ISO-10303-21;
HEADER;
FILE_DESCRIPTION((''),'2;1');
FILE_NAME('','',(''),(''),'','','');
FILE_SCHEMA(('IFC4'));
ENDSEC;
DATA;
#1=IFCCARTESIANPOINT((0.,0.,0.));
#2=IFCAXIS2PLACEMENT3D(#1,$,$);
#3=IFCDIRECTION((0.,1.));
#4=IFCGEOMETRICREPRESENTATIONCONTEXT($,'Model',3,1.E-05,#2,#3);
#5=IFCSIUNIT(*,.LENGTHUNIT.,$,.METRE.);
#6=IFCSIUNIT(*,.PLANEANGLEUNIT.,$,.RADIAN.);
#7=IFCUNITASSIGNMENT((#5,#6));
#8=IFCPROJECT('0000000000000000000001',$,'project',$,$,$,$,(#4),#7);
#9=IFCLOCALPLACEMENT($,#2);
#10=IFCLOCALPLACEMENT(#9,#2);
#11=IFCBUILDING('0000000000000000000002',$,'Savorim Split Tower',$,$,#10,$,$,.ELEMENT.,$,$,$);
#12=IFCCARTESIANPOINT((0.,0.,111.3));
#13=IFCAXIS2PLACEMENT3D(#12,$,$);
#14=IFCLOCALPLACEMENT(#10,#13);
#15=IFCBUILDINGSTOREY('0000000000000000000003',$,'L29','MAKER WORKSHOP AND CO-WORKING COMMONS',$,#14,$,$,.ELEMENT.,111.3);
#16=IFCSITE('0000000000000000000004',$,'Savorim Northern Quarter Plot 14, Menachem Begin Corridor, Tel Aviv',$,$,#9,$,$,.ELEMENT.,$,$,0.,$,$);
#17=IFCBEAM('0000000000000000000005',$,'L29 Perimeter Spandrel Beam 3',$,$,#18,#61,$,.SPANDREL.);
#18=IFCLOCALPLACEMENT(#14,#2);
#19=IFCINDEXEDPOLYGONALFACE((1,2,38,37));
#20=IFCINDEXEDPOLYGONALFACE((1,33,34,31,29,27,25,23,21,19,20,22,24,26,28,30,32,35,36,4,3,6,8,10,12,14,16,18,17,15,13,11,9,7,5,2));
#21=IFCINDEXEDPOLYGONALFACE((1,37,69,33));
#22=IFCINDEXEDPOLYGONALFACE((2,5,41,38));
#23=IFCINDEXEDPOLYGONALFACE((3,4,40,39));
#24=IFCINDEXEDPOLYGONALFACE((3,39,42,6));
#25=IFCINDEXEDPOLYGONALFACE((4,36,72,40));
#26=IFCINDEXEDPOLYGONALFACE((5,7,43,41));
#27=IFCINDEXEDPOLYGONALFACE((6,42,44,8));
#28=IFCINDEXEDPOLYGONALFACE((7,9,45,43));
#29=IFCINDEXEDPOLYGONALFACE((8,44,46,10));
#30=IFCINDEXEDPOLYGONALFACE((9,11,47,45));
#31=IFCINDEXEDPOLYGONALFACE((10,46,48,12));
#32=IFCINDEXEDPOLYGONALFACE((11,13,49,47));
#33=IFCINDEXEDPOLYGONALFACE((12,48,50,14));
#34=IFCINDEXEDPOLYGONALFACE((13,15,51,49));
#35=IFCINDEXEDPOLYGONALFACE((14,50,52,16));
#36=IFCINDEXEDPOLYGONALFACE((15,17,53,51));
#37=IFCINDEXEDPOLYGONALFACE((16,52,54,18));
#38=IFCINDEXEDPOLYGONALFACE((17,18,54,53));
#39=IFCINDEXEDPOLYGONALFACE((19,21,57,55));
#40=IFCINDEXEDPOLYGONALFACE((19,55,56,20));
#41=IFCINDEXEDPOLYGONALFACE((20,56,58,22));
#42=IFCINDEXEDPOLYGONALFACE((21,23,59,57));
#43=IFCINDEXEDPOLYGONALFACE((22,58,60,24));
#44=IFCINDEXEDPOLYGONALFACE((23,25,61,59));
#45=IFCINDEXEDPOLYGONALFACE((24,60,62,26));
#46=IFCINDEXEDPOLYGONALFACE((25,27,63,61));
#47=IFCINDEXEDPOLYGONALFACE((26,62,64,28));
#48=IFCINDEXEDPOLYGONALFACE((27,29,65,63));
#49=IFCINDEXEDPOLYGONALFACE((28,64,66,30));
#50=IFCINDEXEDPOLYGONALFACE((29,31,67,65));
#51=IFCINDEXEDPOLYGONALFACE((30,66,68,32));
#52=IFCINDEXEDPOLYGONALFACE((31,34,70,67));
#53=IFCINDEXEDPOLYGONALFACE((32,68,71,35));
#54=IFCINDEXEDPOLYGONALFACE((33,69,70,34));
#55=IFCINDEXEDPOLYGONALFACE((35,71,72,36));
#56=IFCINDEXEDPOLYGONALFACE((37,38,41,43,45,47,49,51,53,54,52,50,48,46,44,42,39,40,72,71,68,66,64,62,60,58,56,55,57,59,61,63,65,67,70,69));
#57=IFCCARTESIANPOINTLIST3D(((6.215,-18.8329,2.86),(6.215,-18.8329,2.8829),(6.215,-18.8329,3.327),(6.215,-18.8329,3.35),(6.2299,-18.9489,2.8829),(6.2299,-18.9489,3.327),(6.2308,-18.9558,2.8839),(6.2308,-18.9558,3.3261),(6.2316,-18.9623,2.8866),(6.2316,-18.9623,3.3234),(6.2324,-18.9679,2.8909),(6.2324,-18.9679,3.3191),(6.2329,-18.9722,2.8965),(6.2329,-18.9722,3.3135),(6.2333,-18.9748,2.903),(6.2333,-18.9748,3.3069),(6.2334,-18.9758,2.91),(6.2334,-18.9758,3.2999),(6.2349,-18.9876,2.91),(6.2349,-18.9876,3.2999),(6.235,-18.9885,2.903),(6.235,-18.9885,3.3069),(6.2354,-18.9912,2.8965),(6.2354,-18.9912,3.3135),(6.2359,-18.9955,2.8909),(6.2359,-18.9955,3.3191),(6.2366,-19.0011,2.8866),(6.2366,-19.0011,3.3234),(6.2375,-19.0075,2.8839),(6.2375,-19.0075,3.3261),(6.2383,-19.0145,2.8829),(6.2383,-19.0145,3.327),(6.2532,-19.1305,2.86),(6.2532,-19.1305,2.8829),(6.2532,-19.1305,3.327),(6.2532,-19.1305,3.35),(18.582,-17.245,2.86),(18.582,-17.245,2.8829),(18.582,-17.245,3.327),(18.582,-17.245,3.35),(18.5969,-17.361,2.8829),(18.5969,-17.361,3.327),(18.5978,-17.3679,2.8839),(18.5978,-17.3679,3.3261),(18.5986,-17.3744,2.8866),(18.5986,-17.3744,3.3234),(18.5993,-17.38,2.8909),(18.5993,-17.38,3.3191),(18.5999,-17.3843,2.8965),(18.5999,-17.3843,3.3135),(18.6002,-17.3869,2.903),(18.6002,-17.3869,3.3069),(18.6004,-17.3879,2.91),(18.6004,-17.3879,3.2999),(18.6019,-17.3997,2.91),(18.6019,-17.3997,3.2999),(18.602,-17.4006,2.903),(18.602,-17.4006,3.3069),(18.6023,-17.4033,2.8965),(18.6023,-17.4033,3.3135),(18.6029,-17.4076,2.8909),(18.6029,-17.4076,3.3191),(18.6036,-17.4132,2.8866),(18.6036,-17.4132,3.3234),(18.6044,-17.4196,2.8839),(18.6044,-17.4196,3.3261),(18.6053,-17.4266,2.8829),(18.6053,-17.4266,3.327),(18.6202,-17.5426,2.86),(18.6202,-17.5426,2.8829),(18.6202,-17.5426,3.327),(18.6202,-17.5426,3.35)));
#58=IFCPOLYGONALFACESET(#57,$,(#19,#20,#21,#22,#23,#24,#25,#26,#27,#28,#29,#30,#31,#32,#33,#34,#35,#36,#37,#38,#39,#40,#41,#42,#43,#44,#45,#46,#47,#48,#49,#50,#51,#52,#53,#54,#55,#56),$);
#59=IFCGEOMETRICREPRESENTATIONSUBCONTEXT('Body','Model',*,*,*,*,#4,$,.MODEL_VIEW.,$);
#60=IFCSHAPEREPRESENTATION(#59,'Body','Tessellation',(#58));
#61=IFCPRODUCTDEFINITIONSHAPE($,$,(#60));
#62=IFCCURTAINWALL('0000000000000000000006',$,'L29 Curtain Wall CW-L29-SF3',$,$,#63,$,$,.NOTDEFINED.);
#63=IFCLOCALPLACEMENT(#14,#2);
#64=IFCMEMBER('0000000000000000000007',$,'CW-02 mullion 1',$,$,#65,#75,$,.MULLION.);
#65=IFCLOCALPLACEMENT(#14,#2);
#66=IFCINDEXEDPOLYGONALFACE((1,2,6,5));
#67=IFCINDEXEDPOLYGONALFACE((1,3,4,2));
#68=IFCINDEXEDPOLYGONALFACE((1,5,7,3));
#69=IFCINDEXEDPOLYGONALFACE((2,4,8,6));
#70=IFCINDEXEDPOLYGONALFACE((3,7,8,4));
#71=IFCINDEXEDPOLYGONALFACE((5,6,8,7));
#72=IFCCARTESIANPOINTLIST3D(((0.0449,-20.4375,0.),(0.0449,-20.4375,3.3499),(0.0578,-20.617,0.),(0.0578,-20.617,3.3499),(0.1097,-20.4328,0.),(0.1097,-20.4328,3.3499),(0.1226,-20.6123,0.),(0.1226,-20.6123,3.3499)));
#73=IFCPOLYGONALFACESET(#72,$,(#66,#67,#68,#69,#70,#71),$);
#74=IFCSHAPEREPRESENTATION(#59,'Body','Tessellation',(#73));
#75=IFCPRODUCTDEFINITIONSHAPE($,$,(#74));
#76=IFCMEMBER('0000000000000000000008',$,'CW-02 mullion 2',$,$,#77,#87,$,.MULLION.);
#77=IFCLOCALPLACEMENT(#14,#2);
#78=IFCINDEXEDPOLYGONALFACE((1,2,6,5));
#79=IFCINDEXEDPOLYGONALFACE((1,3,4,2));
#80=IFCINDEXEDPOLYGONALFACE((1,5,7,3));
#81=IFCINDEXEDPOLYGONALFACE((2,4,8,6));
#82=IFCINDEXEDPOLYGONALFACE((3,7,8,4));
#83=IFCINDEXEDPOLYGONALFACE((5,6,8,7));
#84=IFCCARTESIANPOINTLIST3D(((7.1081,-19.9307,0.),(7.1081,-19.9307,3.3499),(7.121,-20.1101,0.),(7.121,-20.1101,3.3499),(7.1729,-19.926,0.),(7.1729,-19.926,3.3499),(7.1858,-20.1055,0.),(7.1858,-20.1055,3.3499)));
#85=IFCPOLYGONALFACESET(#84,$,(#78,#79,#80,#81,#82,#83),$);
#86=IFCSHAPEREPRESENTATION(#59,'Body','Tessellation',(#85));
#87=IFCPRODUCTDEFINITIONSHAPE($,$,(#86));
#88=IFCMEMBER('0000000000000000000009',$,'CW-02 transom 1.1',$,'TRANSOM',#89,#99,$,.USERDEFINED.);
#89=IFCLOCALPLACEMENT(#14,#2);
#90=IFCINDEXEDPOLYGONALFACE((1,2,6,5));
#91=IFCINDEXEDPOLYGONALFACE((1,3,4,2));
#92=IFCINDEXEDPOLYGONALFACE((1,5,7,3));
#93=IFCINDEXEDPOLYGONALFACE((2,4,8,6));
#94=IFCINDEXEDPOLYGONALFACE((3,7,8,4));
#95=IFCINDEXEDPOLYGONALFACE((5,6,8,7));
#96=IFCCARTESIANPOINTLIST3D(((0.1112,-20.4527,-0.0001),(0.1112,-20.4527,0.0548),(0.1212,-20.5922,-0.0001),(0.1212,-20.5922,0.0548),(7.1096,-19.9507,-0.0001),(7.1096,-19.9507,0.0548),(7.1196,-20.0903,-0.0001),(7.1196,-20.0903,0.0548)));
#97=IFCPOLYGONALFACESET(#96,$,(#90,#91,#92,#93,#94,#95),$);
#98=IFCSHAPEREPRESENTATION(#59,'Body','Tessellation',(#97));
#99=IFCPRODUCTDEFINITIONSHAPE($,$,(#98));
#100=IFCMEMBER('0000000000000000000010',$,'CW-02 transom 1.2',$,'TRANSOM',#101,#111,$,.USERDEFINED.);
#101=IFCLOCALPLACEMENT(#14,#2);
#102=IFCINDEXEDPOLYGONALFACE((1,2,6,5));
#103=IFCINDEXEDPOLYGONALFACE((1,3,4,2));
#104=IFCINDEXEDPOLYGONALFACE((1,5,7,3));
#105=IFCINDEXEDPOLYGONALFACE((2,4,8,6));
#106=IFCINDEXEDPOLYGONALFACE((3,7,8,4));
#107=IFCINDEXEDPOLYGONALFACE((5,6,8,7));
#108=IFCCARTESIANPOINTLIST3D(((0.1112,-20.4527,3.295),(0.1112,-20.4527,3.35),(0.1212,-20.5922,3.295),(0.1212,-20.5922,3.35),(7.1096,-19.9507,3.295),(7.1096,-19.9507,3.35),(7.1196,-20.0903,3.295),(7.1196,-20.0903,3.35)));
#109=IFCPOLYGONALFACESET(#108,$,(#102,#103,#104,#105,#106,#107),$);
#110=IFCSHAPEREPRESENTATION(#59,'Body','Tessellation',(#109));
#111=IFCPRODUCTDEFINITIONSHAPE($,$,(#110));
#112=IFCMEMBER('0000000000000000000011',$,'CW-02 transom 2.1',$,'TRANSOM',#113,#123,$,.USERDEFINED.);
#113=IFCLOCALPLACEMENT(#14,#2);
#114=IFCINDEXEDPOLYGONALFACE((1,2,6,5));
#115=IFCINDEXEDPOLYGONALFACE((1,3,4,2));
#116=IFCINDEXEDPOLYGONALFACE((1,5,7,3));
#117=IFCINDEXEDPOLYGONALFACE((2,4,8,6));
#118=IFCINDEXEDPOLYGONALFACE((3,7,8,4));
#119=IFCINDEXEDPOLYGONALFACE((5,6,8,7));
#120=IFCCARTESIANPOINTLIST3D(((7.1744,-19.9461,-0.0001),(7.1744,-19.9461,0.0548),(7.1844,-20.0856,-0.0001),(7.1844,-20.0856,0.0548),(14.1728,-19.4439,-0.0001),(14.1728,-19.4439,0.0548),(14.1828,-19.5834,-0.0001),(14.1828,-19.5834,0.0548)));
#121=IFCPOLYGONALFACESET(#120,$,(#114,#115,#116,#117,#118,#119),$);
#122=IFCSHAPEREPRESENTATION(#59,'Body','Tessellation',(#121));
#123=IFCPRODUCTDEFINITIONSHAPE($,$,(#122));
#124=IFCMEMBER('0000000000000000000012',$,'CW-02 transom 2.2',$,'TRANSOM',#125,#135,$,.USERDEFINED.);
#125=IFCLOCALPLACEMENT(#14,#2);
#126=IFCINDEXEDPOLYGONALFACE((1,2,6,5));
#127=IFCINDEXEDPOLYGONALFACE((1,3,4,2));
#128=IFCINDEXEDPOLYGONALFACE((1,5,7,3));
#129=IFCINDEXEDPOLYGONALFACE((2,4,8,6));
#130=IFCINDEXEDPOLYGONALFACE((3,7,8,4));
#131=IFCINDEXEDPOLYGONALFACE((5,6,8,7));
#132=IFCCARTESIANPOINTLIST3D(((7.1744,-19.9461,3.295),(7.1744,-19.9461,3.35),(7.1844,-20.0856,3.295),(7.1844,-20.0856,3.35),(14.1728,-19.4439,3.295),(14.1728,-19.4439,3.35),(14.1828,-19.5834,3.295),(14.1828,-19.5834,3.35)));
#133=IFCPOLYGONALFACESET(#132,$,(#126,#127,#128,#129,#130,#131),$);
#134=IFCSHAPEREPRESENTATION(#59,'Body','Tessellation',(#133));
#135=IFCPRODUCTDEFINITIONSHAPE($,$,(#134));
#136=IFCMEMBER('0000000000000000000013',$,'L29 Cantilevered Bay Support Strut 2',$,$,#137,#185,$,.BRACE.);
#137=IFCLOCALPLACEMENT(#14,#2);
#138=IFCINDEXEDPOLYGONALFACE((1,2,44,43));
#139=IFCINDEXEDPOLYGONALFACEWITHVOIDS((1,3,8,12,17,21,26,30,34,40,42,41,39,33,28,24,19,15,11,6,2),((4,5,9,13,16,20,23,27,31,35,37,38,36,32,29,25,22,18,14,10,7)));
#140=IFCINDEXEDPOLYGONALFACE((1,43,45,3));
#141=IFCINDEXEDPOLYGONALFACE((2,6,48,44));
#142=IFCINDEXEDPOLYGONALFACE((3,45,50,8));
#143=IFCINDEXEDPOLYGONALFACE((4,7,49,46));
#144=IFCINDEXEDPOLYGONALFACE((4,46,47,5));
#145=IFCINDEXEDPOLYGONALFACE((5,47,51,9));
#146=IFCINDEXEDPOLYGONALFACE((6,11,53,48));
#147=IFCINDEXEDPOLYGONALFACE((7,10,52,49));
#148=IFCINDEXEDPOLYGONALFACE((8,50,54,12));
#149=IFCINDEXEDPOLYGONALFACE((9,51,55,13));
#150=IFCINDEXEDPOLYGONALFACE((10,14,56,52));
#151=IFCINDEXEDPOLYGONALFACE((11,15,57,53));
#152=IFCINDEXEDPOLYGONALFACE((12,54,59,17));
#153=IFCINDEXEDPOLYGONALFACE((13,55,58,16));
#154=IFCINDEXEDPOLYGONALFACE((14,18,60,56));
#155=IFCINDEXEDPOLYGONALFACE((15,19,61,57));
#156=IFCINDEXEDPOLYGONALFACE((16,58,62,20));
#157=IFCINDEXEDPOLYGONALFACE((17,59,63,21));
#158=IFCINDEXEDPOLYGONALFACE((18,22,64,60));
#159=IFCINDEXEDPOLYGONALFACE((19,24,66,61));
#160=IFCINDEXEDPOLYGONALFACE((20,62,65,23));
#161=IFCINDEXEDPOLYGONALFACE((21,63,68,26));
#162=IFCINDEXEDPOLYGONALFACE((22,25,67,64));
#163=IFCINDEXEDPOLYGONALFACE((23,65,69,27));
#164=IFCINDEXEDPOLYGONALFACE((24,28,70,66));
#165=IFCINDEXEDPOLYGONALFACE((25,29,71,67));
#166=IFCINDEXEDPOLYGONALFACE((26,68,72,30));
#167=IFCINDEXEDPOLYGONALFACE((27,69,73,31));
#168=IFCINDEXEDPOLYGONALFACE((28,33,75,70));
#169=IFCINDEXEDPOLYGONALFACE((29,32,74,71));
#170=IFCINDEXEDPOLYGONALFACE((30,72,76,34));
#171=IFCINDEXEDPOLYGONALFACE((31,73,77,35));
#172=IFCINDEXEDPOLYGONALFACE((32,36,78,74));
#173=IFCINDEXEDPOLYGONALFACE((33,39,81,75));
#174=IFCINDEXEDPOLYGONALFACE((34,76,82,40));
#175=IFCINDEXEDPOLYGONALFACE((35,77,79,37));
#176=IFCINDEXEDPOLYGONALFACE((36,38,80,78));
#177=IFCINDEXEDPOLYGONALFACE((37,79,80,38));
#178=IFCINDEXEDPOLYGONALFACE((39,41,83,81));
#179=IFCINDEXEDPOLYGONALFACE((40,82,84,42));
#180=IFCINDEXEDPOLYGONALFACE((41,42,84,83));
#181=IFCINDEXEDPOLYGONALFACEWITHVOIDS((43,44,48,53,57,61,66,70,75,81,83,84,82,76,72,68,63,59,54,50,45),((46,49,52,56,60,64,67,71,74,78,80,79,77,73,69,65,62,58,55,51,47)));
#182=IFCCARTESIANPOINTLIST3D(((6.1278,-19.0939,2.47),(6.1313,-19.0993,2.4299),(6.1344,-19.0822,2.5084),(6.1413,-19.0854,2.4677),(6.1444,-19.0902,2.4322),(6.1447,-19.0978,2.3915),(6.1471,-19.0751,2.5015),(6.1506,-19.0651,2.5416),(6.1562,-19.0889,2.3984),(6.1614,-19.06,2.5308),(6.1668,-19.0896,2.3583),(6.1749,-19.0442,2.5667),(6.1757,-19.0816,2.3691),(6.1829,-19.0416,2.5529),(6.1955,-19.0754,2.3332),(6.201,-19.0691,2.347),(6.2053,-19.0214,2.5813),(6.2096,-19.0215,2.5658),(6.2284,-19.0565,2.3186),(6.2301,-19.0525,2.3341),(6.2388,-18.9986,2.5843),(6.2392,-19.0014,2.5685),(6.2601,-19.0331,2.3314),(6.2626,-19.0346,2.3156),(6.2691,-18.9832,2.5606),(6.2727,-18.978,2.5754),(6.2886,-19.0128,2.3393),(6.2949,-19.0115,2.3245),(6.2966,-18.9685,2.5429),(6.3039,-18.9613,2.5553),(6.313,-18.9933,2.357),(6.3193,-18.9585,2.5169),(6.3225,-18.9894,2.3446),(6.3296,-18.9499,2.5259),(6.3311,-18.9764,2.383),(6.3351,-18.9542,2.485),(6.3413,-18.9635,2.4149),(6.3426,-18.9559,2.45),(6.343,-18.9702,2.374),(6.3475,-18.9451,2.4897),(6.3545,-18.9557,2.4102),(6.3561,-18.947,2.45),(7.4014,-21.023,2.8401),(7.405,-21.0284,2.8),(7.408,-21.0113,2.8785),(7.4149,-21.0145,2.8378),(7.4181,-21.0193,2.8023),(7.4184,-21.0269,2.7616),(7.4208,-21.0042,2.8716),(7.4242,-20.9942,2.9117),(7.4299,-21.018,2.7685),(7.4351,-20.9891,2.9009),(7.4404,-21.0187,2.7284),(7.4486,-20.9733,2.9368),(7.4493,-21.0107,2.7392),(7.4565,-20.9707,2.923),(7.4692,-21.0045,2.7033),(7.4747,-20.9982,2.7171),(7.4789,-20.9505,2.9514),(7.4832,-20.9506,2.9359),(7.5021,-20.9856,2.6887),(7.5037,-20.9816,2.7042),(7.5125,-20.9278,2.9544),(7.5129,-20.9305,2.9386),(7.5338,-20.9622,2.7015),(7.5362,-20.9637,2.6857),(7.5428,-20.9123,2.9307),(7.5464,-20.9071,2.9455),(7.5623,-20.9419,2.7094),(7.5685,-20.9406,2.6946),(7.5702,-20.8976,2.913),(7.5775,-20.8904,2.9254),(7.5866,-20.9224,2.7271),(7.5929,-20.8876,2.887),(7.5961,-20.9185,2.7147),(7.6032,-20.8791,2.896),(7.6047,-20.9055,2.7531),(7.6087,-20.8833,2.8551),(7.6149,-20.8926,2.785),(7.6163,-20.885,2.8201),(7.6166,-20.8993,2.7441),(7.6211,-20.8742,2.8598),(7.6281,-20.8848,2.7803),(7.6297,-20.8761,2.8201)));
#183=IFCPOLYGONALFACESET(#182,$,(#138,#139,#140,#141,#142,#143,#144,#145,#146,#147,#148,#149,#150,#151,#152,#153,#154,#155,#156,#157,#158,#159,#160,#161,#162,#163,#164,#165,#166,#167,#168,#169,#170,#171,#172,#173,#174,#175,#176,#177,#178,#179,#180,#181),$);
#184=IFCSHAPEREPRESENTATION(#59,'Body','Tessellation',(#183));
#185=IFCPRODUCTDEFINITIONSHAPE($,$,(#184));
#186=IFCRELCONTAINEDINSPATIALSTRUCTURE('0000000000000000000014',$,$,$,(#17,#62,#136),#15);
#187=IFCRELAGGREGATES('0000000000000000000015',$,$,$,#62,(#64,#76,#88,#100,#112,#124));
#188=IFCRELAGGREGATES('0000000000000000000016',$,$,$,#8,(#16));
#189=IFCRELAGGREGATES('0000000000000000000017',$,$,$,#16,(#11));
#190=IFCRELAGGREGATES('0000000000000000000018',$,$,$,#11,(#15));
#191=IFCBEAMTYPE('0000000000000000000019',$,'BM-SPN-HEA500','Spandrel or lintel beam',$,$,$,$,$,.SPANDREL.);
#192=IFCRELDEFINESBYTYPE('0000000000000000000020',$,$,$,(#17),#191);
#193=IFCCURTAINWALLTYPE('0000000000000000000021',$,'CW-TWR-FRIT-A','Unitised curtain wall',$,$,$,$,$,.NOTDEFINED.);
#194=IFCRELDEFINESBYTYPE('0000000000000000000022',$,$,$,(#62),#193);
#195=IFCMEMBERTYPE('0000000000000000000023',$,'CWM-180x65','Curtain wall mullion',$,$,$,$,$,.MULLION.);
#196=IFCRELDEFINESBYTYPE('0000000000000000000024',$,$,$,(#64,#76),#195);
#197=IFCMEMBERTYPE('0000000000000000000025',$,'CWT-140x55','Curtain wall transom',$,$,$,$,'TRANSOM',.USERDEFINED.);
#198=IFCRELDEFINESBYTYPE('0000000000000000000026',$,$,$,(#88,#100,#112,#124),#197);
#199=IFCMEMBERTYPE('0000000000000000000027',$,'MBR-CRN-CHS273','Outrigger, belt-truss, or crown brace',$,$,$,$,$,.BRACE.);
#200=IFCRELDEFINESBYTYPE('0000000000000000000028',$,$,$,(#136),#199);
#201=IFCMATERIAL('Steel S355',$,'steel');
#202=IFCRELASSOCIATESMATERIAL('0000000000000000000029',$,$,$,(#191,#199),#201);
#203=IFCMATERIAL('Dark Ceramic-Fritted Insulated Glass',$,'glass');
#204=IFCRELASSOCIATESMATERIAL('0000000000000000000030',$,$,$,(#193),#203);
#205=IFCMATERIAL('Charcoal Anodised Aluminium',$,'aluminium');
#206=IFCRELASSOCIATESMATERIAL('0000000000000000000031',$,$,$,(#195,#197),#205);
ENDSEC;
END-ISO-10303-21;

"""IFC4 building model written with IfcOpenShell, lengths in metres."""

from ifc_helpers import new_model, si_unit, direction, frame, origin, origin_2d, place, context, subcontext, project, spatial, rectangle, hollow_circle, i_section, extrude, material, material_profile, profile_set, type_object, element, aggregate, save


model = new_model("IFC4")

# Units and contexts
model_context = context("Model", 3, precision=1e-05, world=origin(), true_north=direction((0.0, 1.0)))
body_context = subcontext(model_context, "Body", "Model", "MODEL_VIEW")
ifc_project = project(units=[si_unit("LENGTHUNIT", "METRE"), si_unit("PLANEANGLEUNIT", "RADIAN")], contexts=[model_context])

# Site, building, storey
site_placement = place(None, origin())
site = spatial("IfcSite", under=ifc_project, at=site_placement, Name="Savorim Northern Quarter Plot 14, Menachem Begin Corridor, Tel Aviv", CompositionType="ELEMENT", RefElevation=0.0)
building_placement = place(site_placement, origin())
building = spatial("IfcBuilding", under=site, at=building_placement, Name="Savorim Split Tower", CompositionType="ELEMENT")
storey_placement = place(building_placement, frame((0.0, 0.0, 111.3)))
storey = spatial("IfcBuildingStorey", under=building, at=storey_placement, Name="L29", Description="MAKER WORKSHOP AND CO-WORKING COMMONS", CompositionType="ELEMENT", Elevation=111.3)

# Beam
ifc_material_1 = material(Name="Steel S355", Category="steel")
ifc_material_profile_1 = material_profile(ifc_material_1, i_section(OverallWidth=0.3, OverallDepth=0.49, WebThickness=0.012, FlangeThickness=0.0229, FilletRadius=0.0271, at=origin_2d()), Name="HEA 500")
ifc_profile_set_1 = profile_set([ifc_material_profile_1], Name="Steel S355")
beam_type_1 = type_object("IfcBeamType", Name="BM-SPN-HEA500", Description="Spandrel or lintel beam", PredefinedType="SPANDREL", material=ifc_profile_set_1)
beam_1_placement = place(storey_placement, frame((6.2341, -18.9817, 3.105), z_axis=(0.991858, 0.127353, 0.0), x_axis=(-0.127353, 0.991858, 0.0)))
element("IfcBeam", 1, at=beam_1_placement, inside=storey, type_object=beam_type_1, Name="L29 Perimeter Spandrel Beam 3", PredefinedType="SPANDREL", context=body_context, shape_type="SweptSolid", body=[
    extrude(i_section(OverallWidth=0.3, OverallDepth=0.49, WebThickness=0.012, FlangeThickness=0.0229, FilletRadius=0.0271, at=origin_2d()), origin(), (0.0, 0.0, 1.0), 12.4685),
])

# Curtain wall, members
ifc_material_2 = material(Name="Dark Ceramic-Fritted Insulated Glass", Category="glass")
curtain_wall_type = type_object("IfcCurtainWallType", Name="CW-TWR-FRIT-A", Description="Unitised curtain wall", PredefinedType="NOTDEFINED", material=ifc_material_2)
curtain_wall_placement = place(storey_placement, origin())
curtain_wall = element("IfcCurtainWall", 2, at=curtain_wall_placement, inside=storey, type_object=curtain_wall_type, Name="L29 Curtain Wall CW-L29-SF3", PredefinedType="NOTDEFINED")
ifc_material_3 = material(Name="Charcoal Anodised Aluminium", Category="aluminium")
ifc_material_profile_2 = material_profile(ifc_material_3, rectangle(XDim=0.1799, YDim=0.0649, at=origin_2d()), Name="ALU-M 180x65")
ifc_profile_set_2 = profile_set([ifc_material_profile_2], Name="Charcoal Anodised Aluminium")
member_type_1 = type_object("IfcMemberType", Name="CWM-180x65", Description="Curtain wall mullion", PredefinedType="MULLION", material=ifc_profile_set_2)
member_1_placement = place(storey_placement, frame((0.0837, -20.5249, 0.0), z_axis=(0.0, 0.0, 1.0), x_axis=(-0.071557, 0.997436, 0.0)))
member_1 = element("IfcMember", 3, at=member_1_placement, type_object=member_type_1, Name="CW-02 mullion 1", PredefinedType="MULLION", context=body_context, shape_type="SweptSolid", body=[
    extrude(rectangle(XDim=0.1799, YDim=0.0649, at=origin_2d()), origin(), (0.0, 0.0, 1.0), 3.3499),
])
member_2_placement = place(storey_placement, frame((7.147, -20.0181, 0.0), z_axis=(0.0, 0.0, 1.0), x_axis=(-0.071557, 0.997436, 0.0)))
member_2 = element("IfcMember", 4, at=member_2_placement, type_object=member_type_1, Name="CW-02 mullion 2", PredefinedType="MULLION", context=body_context, shape_type="SweptSolid", body=[
    extrude(rectangle(XDim=0.1799, YDim=0.0649, at=origin_2d()), origin(), (0.0, 0.0, 1.0), 3.3499),
])
ifc_material_profile_3 = material_profile(ifc_material_3, rectangle(XDim=0.1399, YDim=0.0549, at=origin_2d()), Name="ALU-T 140x55")
ifc_profile_set_3 = profile_set([ifc_material_profile_3], Name="Charcoal Anodised Aluminium")
member_type_2 = type_object("IfcMemberType", Name="CWT-140x55", Description="Curtain wall transom", ElementType="TRANSOM", PredefinedType="USERDEFINED", material=ifc_profile_set_3)
member_3_placement = place(storey_placement, frame((0.1162, -20.5225, 0.0273), z_axis=(0.997438, 0.071541, 0.0), x_axis=(-0.071541, 0.997438, 0.0)))
member_3 = element("IfcMember", 5, at=member_3_placement, type_object=member_type_2, Name="CW-02 transom 1.1", ObjectType="TRANSOM", PredefinedType="USERDEFINED", context=body_context, shape_type="SweptSolid", body=[
    extrude(rectangle(XDim=0.1399, YDim=0.0549, at=origin_2d()), origin(), (0.0, 0.0, 1.0), 7.0164),
])
member_4_placement = place(storey_placement, frame((0.1162, -20.5225, 3.3225), z_axis=(0.997438, 0.071541, 0.0), x_axis=(-0.071541, 0.997438, 0.0)))
member_4 = element("IfcMember", 6, at=member_4_placement, type_object=member_type_2, Name="CW-02 transom 1.2", ObjectType="TRANSOM", PredefinedType="USERDEFINED", context=body_context, shape_type="SweptSolid", body=[
    extrude(rectangle(XDim=0.1399, YDim=0.0549, at=origin_2d()), origin(), (0.0, 0.0, 1.0), 7.0164),
])
member_5_placement = place(storey_placement, frame((7.1794, -20.0159, 0.0273), z_axis=(0.997435, 0.071576, 0.0), x_axis=(-0.071576, 0.997435, 0.0)))
member_5 = element("IfcMember", 7, at=member_5_placement, type_object=member_type_2, Name="CW-02 transom 2.1", ObjectType="TRANSOM", PredefinedType="USERDEFINED", context=body_context, shape_type="SweptSolid", body=[
    extrude(rectangle(XDim=0.1399, YDim=0.0549, at=origin_2d()), origin(), (0.0, 0.0, 1.0), 7.0164),
])
member_6_placement = place(storey_placement, frame((7.1794, -20.0159, 3.3225), z_axis=(0.997435, 0.071576, 0.0), x_axis=(-0.071576, 0.997435, 0.0)))
member_6 = element("IfcMember", 8, at=member_6_placement, type_object=member_type_2, Name="CW-02 transom 2.2", ObjectType="TRANSOM", PredefinedType="USERDEFINED", context=body_context, shape_type="SweptSolid", body=[
    extrude(rectangle(XDim=0.1399, YDim=0.0549, at=origin_2d()), origin(), (0.0, 0.0, 1.0), 7.0164),
])

# Member
ifc_material_profile_4 = material_profile(ifc_material_1, hollow_circle(Radius=0.1365, WallThickness=0.0161, at=origin_2d()), Name="CHS 273x16")
ifc_profile_set_4 = profile_set([ifc_material_profile_4], Name="Steel S355")
member_type_3 = type_object("IfcMemberType", Name="MBR-CRN-CHS273", Description="Outrigger, belt-truss, or crown brace", PredefinedType="BRACE", material=ifc_profile_set_4)
member_7_placement = place(storey_placement, frame((6.2422, -19.0222, 2.45), z_axis=(0.544037, -0.824033, 0.158091), x_axis=(0.834528, 0.550966, 0.0)))
element("IfcMember", 9, at=member_7_placement, inside=storey, type_object=member_type_3, Name="L29 Cantilevered Bay Support Strut 2", PredefinedType="BRACE", context=body_context, shape_type="SweptSolid", body=[
    extrude(hollow_circle(Radius=0.1365, WallThickness=0.0161, at=origin_2d()), origin(), (0.0, 0.0, 1.0), 2.3411),
])

aggregate(curtain_wall, [member_1, member_2, member_3, member_4, member_5, member_6])

save(model, "model.ifc")
